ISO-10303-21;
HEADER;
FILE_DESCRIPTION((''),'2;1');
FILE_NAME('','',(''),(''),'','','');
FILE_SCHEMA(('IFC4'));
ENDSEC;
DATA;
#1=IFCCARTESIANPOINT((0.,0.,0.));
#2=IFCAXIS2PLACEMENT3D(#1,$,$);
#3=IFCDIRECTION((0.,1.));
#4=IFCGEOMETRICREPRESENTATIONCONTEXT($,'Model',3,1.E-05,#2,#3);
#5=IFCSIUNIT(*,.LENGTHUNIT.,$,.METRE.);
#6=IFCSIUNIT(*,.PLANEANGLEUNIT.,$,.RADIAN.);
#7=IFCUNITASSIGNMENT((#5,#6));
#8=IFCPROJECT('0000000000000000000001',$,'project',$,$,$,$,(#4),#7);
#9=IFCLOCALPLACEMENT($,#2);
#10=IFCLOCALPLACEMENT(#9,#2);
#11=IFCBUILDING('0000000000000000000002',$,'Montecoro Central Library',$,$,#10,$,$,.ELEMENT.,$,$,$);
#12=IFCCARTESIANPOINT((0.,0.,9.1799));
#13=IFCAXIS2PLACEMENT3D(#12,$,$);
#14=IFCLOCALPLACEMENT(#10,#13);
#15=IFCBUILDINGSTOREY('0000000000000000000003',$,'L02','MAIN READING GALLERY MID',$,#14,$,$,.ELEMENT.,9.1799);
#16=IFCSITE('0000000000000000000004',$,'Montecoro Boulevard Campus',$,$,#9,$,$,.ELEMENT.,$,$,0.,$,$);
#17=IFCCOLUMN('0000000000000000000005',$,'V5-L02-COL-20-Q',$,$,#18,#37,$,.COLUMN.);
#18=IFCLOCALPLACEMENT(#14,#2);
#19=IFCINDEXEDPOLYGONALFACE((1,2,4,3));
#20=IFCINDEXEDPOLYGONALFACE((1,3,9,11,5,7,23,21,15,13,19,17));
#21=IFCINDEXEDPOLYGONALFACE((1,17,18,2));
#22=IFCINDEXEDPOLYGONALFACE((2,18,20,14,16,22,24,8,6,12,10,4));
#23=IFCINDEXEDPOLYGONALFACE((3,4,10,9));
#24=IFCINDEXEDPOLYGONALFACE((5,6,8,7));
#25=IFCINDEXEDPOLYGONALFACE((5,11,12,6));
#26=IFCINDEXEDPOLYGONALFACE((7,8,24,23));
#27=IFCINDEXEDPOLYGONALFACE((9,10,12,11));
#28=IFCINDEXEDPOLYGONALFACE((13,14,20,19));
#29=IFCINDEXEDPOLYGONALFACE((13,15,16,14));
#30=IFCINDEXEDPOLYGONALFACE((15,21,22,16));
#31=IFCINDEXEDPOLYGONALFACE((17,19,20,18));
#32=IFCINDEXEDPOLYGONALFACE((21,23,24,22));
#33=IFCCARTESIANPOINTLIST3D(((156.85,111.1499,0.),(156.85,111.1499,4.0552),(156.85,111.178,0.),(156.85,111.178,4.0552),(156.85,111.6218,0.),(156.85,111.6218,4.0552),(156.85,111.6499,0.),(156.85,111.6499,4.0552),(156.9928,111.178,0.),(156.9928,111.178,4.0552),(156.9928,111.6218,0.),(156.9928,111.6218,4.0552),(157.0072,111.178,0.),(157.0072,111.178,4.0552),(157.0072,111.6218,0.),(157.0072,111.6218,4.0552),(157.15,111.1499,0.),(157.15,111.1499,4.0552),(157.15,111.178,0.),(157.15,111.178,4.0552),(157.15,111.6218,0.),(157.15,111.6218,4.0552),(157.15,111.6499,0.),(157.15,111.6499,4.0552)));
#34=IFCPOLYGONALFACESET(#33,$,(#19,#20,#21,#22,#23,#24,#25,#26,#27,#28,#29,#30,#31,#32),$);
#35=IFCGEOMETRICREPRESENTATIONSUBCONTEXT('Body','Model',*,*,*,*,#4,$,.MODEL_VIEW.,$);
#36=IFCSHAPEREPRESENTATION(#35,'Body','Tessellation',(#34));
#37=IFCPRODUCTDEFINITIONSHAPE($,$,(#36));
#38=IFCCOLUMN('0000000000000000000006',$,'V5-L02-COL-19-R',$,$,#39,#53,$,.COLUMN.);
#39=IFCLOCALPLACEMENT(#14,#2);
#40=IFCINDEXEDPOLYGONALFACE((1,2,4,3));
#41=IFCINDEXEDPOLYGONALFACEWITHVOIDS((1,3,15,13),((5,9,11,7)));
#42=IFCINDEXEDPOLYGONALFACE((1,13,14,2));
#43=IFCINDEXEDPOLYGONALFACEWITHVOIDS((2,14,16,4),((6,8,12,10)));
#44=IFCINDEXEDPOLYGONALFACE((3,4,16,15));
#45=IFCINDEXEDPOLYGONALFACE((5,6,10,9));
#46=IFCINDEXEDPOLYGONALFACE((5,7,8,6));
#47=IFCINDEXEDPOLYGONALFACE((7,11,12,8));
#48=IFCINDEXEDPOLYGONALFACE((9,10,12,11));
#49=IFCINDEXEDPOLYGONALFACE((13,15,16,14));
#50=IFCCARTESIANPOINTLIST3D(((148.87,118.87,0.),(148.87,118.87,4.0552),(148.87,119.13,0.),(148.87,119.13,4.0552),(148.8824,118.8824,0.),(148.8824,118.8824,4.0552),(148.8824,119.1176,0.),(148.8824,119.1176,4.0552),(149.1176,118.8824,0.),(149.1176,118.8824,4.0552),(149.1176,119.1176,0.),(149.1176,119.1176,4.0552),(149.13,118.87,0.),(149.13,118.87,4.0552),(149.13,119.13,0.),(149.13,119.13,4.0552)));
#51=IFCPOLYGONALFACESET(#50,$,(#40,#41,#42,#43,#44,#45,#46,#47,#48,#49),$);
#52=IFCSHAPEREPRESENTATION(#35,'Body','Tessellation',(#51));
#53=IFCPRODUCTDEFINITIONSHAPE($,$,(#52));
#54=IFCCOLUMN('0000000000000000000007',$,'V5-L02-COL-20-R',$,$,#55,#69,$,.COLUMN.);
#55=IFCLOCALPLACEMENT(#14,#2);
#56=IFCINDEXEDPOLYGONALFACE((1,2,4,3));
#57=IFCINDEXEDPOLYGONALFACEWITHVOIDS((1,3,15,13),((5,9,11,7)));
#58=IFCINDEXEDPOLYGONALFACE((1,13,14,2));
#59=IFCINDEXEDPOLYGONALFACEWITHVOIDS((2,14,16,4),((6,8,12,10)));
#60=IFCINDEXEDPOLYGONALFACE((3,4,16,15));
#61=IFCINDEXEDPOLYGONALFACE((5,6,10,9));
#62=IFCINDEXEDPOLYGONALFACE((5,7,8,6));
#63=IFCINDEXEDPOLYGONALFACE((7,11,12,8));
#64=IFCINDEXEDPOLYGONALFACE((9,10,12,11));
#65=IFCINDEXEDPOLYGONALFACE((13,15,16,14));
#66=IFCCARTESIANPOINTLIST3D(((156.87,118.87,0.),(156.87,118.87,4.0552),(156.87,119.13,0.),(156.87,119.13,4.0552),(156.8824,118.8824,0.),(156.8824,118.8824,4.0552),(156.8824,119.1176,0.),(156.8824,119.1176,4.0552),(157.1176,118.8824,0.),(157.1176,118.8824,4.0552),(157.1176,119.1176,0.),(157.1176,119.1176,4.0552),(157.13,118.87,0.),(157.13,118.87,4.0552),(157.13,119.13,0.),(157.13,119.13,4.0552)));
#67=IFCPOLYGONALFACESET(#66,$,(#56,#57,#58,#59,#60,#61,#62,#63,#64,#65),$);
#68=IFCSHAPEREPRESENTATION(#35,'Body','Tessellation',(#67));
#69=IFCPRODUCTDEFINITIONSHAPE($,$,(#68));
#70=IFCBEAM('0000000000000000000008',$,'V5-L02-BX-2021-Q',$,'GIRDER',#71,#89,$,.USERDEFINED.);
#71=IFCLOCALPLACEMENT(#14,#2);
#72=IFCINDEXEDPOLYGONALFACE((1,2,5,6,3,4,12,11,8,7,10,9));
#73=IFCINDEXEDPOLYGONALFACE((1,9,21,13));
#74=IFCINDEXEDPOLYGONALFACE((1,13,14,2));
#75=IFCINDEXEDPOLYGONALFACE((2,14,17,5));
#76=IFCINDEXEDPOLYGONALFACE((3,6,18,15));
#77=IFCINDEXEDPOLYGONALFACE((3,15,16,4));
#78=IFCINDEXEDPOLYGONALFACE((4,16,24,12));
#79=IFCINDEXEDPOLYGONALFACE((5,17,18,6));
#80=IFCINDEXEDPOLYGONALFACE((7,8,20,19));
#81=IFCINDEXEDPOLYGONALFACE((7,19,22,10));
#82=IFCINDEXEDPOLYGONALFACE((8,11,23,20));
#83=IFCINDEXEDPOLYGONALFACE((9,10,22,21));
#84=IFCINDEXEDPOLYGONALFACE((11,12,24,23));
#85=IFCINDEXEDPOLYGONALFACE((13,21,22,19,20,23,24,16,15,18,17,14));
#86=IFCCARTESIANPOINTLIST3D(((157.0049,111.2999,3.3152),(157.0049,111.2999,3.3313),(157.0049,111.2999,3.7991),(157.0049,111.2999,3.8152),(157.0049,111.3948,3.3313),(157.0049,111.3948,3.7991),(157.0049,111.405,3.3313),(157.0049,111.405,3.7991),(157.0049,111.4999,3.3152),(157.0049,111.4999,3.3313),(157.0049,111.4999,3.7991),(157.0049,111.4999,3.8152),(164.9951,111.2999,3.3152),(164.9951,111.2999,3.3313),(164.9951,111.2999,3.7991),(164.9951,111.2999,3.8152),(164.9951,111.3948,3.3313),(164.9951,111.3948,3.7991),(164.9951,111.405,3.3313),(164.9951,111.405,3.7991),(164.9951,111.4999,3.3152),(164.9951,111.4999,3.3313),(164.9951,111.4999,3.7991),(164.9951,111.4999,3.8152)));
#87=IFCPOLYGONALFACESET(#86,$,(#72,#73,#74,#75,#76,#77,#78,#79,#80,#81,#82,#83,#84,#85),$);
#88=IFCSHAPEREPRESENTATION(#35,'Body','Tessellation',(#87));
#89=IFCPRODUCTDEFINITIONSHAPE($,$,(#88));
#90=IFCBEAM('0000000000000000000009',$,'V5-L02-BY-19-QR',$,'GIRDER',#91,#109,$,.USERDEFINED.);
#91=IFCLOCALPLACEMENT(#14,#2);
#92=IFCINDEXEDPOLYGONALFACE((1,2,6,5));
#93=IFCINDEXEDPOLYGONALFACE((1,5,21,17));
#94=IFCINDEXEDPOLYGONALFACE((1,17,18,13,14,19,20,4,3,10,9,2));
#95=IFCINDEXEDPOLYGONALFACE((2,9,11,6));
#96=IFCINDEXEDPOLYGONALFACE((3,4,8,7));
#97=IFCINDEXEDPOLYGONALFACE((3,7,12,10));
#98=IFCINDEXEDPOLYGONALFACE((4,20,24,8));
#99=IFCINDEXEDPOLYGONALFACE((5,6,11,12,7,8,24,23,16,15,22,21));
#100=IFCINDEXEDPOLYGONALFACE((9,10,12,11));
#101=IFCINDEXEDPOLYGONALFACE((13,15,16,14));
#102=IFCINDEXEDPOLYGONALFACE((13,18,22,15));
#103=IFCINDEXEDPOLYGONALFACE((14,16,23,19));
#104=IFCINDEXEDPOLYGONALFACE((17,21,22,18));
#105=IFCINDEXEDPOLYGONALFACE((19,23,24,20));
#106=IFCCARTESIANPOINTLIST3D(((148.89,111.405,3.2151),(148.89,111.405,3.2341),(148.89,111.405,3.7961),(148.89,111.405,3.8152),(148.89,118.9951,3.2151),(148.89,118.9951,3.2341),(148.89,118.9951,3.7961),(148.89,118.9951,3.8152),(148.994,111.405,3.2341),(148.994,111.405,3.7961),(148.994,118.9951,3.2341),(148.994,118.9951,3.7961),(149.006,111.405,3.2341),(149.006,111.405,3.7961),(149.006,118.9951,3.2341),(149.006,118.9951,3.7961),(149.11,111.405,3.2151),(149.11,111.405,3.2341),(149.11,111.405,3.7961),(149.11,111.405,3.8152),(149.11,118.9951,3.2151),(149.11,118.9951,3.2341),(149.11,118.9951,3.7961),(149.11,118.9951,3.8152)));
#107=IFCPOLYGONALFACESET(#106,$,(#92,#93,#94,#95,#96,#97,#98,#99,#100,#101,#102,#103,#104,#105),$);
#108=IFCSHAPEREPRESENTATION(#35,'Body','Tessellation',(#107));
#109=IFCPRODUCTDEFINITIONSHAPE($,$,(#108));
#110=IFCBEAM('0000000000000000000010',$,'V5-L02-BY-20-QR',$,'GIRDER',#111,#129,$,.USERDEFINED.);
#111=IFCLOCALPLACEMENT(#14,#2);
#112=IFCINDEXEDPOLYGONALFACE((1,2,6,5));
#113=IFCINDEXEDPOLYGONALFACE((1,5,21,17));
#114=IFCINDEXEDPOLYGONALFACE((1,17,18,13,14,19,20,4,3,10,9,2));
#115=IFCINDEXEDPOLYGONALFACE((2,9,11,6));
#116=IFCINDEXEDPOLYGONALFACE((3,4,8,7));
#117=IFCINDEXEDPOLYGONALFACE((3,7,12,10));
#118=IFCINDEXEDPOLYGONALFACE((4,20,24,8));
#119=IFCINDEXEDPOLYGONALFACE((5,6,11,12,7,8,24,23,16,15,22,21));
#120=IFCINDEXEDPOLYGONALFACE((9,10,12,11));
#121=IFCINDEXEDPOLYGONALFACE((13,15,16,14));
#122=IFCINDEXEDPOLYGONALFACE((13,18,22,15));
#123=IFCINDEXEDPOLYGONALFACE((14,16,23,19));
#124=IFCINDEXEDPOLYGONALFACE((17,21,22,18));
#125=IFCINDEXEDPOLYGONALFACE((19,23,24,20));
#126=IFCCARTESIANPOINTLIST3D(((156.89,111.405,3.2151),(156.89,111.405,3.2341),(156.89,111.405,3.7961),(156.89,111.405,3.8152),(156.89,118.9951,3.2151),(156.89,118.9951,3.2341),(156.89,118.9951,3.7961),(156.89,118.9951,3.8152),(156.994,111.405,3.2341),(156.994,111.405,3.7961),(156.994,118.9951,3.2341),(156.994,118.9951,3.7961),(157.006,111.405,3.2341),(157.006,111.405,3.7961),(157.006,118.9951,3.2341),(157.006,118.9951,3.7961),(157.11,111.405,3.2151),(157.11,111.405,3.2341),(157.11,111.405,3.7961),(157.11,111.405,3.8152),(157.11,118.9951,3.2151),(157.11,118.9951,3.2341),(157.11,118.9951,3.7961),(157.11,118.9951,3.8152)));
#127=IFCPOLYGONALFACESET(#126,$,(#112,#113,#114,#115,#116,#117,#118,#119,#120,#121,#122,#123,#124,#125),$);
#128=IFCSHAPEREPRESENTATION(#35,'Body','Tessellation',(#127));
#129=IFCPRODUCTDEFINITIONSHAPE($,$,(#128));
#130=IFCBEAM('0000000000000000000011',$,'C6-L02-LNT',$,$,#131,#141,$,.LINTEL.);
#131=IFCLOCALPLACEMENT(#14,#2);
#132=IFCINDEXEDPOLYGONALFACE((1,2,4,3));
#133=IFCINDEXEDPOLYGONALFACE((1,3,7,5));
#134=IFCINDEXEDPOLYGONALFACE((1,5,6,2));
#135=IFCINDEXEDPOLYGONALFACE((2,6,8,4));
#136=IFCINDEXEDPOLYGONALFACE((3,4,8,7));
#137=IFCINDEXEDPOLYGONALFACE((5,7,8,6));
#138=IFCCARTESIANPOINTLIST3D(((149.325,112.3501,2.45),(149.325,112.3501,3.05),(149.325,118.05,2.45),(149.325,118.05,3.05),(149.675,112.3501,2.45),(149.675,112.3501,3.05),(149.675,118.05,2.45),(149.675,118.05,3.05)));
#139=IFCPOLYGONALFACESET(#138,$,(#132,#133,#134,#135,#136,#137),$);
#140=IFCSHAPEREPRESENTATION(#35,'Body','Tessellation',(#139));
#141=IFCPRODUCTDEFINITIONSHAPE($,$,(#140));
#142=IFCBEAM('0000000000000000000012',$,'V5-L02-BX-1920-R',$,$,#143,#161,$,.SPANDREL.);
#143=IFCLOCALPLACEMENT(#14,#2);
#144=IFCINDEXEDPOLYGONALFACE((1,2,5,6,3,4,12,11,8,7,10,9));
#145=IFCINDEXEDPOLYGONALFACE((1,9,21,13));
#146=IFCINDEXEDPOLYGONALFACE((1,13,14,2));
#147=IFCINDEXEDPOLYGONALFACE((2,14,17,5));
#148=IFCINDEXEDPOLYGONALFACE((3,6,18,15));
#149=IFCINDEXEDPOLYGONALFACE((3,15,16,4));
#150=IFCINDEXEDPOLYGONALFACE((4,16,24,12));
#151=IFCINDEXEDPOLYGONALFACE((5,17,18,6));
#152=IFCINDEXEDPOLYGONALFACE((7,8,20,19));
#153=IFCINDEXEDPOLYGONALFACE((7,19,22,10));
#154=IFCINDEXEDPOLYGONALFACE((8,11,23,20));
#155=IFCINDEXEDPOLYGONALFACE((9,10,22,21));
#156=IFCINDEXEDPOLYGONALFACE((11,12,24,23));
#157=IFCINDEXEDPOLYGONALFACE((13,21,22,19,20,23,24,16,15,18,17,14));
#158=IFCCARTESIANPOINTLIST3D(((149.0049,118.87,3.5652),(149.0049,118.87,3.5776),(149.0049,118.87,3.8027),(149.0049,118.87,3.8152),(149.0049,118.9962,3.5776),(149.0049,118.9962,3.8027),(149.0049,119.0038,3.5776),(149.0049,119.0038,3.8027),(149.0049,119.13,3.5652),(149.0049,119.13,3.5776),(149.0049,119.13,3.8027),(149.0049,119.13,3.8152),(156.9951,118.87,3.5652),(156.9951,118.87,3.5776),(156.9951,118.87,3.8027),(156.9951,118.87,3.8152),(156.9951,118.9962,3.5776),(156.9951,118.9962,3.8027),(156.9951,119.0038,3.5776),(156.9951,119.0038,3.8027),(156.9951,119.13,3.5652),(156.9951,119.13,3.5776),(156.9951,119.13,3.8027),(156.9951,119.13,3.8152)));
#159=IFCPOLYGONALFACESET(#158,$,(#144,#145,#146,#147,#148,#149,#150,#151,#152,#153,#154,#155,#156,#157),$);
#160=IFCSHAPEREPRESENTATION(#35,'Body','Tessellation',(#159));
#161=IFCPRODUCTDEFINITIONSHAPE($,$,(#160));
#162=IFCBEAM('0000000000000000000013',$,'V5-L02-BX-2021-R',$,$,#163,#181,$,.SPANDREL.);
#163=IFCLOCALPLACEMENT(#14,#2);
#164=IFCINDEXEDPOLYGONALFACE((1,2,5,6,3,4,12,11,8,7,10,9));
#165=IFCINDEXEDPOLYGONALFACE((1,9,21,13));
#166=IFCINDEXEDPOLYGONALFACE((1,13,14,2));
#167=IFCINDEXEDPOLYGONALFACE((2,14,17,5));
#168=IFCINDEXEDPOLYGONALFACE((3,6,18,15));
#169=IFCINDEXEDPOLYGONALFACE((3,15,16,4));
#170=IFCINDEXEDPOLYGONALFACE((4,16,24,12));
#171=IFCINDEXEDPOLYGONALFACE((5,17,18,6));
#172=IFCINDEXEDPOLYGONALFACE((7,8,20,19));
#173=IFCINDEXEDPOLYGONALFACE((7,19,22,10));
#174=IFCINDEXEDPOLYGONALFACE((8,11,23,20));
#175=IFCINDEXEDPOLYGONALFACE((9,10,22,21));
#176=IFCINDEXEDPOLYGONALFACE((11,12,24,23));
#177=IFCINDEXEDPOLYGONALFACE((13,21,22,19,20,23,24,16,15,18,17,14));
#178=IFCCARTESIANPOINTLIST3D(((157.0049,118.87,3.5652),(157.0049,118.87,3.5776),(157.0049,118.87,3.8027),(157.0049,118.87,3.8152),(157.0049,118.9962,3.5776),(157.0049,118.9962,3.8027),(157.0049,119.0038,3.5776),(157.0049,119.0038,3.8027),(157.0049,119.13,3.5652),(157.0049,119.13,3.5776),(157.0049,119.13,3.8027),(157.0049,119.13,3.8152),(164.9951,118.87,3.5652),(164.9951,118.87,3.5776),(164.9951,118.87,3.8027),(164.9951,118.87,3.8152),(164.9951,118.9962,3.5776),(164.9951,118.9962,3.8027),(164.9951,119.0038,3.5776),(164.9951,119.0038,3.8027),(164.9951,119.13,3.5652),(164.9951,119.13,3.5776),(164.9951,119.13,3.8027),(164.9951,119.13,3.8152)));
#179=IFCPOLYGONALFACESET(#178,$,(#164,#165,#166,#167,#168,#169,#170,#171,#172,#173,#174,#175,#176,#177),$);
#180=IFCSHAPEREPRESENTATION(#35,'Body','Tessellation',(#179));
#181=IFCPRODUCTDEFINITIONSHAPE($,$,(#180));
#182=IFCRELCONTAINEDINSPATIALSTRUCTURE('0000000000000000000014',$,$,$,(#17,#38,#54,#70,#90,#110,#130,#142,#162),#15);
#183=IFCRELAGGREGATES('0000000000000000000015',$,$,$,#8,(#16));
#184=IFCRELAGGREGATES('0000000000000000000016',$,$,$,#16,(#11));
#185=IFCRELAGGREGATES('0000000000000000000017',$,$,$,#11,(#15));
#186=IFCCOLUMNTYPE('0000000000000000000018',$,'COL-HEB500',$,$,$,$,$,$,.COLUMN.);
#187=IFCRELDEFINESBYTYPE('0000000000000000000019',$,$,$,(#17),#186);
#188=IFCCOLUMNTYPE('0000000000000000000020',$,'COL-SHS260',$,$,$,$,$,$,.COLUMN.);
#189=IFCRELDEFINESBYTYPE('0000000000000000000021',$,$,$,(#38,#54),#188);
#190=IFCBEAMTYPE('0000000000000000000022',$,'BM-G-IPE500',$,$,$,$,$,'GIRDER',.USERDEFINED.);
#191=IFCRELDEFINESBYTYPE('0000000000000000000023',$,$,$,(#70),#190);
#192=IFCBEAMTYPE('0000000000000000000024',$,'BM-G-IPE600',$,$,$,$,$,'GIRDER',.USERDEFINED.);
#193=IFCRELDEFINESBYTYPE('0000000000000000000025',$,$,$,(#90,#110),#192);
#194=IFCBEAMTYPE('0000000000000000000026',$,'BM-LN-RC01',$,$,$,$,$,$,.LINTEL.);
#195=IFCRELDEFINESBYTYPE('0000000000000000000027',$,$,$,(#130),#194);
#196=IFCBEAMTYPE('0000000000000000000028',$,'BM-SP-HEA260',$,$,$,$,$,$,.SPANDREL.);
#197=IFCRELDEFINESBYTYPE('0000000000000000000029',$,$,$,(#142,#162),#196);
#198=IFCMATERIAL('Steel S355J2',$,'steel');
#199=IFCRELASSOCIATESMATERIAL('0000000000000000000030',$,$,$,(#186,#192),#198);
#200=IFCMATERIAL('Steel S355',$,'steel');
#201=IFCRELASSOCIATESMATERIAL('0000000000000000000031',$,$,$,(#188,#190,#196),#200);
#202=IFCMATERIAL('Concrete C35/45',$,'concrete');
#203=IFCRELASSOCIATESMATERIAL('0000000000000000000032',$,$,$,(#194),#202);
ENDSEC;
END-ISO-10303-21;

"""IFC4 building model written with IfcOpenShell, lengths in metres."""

from ifc_helpers import new_model, si_unit, direction, frame, origin, origin_2d, place, context, subcontext, project, spatial, rectangle, hollow_rectangle, i_section, extrude, material, material_profile, profile_set, type_object, element, save


model = new_model("IFC4")

# Units and contexts
model_context = context("Model", 3, precision=1e-05, world=origin(), true_north=direction((0.0, 1.0)))
body_context = subcontext(model_context, "Body", "Model", "MODEL_VIEW")
ifc_project = project(units=[si_unit("LENGTHUNIT", "METRE"), si_unit("PLANEANGLEUNIT", "RADIAN")], contexts=[model_context])

# Site, building, storey
site_placement = place(None, origin())
site = spatial("IfcSite", under=ifc_project, at=site_placement, Name="Montecoro Boulevard Campus", CompositionType="ELEMENT", RefElevation=0.0)
building_placement = place(site_placement, origin())
building = spatial("IfcBuilding", under=site, at=building_placement, Name="Montecoro Central Library", CompositionType="ELEMENT")
storey_placement = place(building_placement, frame((0.0, 0.0, 9.1799)))
storey = spatial("IfcBuildingStorey", under=building, at=storey_placement, Name="L02", Description="MAIN READING GALLERY MID", CompositionType="ELEMENT", Elevation=9.1799)

# Columns
ifc_material_1 = material(Name="Steel S355J2", Category="steel")
ifc_material_profile_1 = material_profile(ifc_material_1, i_section(OverallWidth=0.3, OverallDepth=0.5, WebThickness=0.0144, FlangeThickness=0.0281, at=origin_2d()), Name="HEB 500")
ifc_profile_set_1 = profile_set([ifc_material_profile_1], Name="Steel S355J2")
column_type_1 = type_object("IfcColumnType", Name="COL-HEB500", PredefinedType="COLUMN", material=ifc_profile_set_1)
column_placement = place(storey_placement, frame((157.0, 111.3999, 0.0), z_axis=(0.0, 0.0, 1.0), x_axis=(1.0, 0.0, 0.0)))
element("IfcColumn", 1, at=column_placement, inside=storey, type_object=column_type_1, Name="V5-L02-COL-20-Q", PredefinedType="COLUMN", context=body_context, shape_type="SweptSolid", body=[
    extrude(i_section(OverallWidth=0.3, OverallDepth=0.5, WebThickness=0.0144, FlangeThickness=0.0281, at=origin_2d()), origin(), (0.0, 0.0, 1.0), 4.0552),
])
ifc_material_2 = material(Name="Steel S355", Category="steel")
ifc_material_profile_2 = material_profile(ifc_material_2, hollow_rectangle(XDim=0.26, YDim=0.26, WallThickness=0.0125, at=origin_2d()), Name="SHS 260x260x12.5")
ifc_profile_set_2 = profile_set([ifc_material_profile_2], Name="Steel S355")
column_type_2 = type_object("IfcColumnType", Name="COL-SHS260", PredefinedType="COLUMN", material=ifc_profile_set_2)
for number, where, z_axis, x_axis, name in (
    (2, (149.0, 119.0, 0.0), (0.0, 0.0, 1.0), (1.0, 0.0, 0.0), "V5-L02-COL-19-R"),
    (3, (157.0, 119.0, 0.0), (0.0, 0.0, 1.0), (1.0, 0.0, 0.0), "V5-L02-COL-20-R"),
):
    element("IfcColumn", number, at=place(storey_placement, frame(where, z_axis=z_axis, x_axis=x_axis)), inside=storey, type_object=column_type_2, Name=name, PredefinedType="COLUMN", context=body_context, shape_type="SweptSolid", body=[
        extrude(hollow_rectangle(XDim=0.26, YDim=0.26, WallThickness=0.0125, at=origin_2d()), origin(), (0.0, 0.0, 1.0), 4.0552),
    ])

# Beams
ifc_material_profile_3 = material_profile(ifc_material_2, i_section(OverallWidth=0.2, OverallDepth=0.5, WebThickness=0.0103, FlangeThickness=0.0161, at=origin_2d()), Name="IPE 500")
ifc_profile_set_3 = profile_set([ifc_material_profile_3], Name="Steel S355")
beam_type_1 = type_object("IfcBeamType", Name="BM-G-IPE500", ElementType="GIRDER", PredefinedType="USERDEFINED", material=ifc_profile_set_3)
beam_1_placement = place(storey_placement, frame((157.0049, 111.3999, 3.5652), z_axis=(1.0, 0.0, 0.0), x_axis=(0.0, 1.0, 0.0)))
element("IfcBeam", 4, at=beam_1_placement, inside=storey, type_object=beam_type_1, Name="V5-L02-BX-2021-Q", ObjectType="GIRDER", PredefinedType="USERDEFINED", context=body_context, shape_type="SweptSolid", body=[
    extrude(i_section(OverallWidth=0.2, OverallDepth=0.5, WebThickness=0.0103, FlangeThickness=0.0161, at=origin_2d()), origin(), (0.0, 0.0, 1.0), 7.9902),
])
ifc_material_profile_4 = material_profile(ifc_material_1, i_section(OverallWidth=0.22, OverallDepth=0.6001, WebThickness=0.012, FlangeThickness=0.019, at=origin_2d()), Name="IPE 600")
ifc_profile_set_4 = profile_set([ifc_material_profile_4], Name="Steel S355J2")
beam_type_2 = type_object("IfcBeamType", Name="BM-G-IPE600", ElementType="GIRDER", PredefinedType="USERDEFINED", material=ifc_profile_set_4)
for number, where, z_axis, x_axis, name in (
    (5, (149.0, 111.405, 3.5151), (0.0, 1.0, 0.0), (-1.0, 0.0, 0.0), "V5-L02-BY-19-QR"),
    (6, (157.0, 111.405, 3.5151), (0.0, 1.0, 0.0), (-1.0, 0.0, 0.0), "V5-L02-BY-20-QR"),
):
    element("IfcBeam", number, at=place(storey_placement, frame(where, z_axis=z_axis, x_axis=x_axis)), inside=storey, type_object=beam_type_2, Name=name, ObjectType="GIRDER", PredefinedType="USERDEFINED", context=body_context, shape_type="SweptSolid", body=[
        extrude(i_section(OverallWidth=0.22, OverallDepth=0.6001, WebThickness=0.012, FlangeThickness=0.019, at=origin_2d()), origin(), (0.0, 0.0, 1.0), 7.5901),
    ])
ifc_material_3 = material(Name="Concrete C35/45", Category="concrete")
ifc_material_profile_5 = material_profile(ifc_material_3, rectangle(XDim=0.3501, YDim=0.6001, at=origin_2d()), Name="RC LNT 600x350")
ifc_profile_set_5 = profile_set([ifc_material_profile_5], Name="Concrete C35/45")
beam_type_3 = type_object("IfcBeamType", Name="BM-LN-RC01", PredefinedType="LINTEL", material=ifc_profile_set_5)
beam_2_placement = place(storey_placement, frame((149.5, 112.3501, 2.75), z_axis=(0.0, 1.0, 0.0), x_axis=(-1.0, 0.0, 0.0)))
element("IfcBeam", 7, at=beam_2_placement, inside=storey, type_object=beam_type_3, Name="C6-L02-LNT", PredefinedType="LINTEL", context=body_context, shape_type="SweptSolid", body=[
    extrude(rectangle(XDim=0.3501, YDim=0.6001, at=origin_2d()), origin(), (0.0, 0.0, 1.0), 5.7),
])
ifc_material_profile_6 = material_profile(ifc_material_2, i_section(OverallWidth=0.26, OverallDepth=0.25, WebThickness=0.0076, FlangeThickness=0.0125, at=origin_2d()), Name="HEA 260")
ifc_profile_set_6 = profile_set([ifc_material_profile_6], Name="Steel S355")
beam_type_4 = type_object("IfcBeamType", Name="BM-SP-HEA260", PredefinedType="SPANDREL", material=ifc_profile_set_6)
for number, where, z_axis, x_axis, name in (
    (8, (149.0049, 119.0, 3.6902), (1.0, 0.0, 0.0), (0.0, 1.0, 0.0), "V5-L02-BX-1920-R"),
    (9, (157.0049, 119.0, 3.6902), (1.0, 0.0, 0.0), (0.0, 1.0, 0.0), "V5-L02-BX-2021-R"),
):
    element("IfcBeam", number, at=place(storey_placement, frame(where, z_axis=z_axis, x_axis=x_axis)), inside=storey, type_object=beam_type_4, Name=name, PredefinedType="SPANDREL", context=body_context, shape_type="SweptSolid", body=[
        extrude(i_section(OverallWidth=0.26, OverallDepth=0.25, WebThickness=0.0076, FlangeThickness=0.0125, at=origin_2d()), origin(), (0.0, 0.0, 1.0), 7.9902),
    ])

save(model, "model.ifc")
